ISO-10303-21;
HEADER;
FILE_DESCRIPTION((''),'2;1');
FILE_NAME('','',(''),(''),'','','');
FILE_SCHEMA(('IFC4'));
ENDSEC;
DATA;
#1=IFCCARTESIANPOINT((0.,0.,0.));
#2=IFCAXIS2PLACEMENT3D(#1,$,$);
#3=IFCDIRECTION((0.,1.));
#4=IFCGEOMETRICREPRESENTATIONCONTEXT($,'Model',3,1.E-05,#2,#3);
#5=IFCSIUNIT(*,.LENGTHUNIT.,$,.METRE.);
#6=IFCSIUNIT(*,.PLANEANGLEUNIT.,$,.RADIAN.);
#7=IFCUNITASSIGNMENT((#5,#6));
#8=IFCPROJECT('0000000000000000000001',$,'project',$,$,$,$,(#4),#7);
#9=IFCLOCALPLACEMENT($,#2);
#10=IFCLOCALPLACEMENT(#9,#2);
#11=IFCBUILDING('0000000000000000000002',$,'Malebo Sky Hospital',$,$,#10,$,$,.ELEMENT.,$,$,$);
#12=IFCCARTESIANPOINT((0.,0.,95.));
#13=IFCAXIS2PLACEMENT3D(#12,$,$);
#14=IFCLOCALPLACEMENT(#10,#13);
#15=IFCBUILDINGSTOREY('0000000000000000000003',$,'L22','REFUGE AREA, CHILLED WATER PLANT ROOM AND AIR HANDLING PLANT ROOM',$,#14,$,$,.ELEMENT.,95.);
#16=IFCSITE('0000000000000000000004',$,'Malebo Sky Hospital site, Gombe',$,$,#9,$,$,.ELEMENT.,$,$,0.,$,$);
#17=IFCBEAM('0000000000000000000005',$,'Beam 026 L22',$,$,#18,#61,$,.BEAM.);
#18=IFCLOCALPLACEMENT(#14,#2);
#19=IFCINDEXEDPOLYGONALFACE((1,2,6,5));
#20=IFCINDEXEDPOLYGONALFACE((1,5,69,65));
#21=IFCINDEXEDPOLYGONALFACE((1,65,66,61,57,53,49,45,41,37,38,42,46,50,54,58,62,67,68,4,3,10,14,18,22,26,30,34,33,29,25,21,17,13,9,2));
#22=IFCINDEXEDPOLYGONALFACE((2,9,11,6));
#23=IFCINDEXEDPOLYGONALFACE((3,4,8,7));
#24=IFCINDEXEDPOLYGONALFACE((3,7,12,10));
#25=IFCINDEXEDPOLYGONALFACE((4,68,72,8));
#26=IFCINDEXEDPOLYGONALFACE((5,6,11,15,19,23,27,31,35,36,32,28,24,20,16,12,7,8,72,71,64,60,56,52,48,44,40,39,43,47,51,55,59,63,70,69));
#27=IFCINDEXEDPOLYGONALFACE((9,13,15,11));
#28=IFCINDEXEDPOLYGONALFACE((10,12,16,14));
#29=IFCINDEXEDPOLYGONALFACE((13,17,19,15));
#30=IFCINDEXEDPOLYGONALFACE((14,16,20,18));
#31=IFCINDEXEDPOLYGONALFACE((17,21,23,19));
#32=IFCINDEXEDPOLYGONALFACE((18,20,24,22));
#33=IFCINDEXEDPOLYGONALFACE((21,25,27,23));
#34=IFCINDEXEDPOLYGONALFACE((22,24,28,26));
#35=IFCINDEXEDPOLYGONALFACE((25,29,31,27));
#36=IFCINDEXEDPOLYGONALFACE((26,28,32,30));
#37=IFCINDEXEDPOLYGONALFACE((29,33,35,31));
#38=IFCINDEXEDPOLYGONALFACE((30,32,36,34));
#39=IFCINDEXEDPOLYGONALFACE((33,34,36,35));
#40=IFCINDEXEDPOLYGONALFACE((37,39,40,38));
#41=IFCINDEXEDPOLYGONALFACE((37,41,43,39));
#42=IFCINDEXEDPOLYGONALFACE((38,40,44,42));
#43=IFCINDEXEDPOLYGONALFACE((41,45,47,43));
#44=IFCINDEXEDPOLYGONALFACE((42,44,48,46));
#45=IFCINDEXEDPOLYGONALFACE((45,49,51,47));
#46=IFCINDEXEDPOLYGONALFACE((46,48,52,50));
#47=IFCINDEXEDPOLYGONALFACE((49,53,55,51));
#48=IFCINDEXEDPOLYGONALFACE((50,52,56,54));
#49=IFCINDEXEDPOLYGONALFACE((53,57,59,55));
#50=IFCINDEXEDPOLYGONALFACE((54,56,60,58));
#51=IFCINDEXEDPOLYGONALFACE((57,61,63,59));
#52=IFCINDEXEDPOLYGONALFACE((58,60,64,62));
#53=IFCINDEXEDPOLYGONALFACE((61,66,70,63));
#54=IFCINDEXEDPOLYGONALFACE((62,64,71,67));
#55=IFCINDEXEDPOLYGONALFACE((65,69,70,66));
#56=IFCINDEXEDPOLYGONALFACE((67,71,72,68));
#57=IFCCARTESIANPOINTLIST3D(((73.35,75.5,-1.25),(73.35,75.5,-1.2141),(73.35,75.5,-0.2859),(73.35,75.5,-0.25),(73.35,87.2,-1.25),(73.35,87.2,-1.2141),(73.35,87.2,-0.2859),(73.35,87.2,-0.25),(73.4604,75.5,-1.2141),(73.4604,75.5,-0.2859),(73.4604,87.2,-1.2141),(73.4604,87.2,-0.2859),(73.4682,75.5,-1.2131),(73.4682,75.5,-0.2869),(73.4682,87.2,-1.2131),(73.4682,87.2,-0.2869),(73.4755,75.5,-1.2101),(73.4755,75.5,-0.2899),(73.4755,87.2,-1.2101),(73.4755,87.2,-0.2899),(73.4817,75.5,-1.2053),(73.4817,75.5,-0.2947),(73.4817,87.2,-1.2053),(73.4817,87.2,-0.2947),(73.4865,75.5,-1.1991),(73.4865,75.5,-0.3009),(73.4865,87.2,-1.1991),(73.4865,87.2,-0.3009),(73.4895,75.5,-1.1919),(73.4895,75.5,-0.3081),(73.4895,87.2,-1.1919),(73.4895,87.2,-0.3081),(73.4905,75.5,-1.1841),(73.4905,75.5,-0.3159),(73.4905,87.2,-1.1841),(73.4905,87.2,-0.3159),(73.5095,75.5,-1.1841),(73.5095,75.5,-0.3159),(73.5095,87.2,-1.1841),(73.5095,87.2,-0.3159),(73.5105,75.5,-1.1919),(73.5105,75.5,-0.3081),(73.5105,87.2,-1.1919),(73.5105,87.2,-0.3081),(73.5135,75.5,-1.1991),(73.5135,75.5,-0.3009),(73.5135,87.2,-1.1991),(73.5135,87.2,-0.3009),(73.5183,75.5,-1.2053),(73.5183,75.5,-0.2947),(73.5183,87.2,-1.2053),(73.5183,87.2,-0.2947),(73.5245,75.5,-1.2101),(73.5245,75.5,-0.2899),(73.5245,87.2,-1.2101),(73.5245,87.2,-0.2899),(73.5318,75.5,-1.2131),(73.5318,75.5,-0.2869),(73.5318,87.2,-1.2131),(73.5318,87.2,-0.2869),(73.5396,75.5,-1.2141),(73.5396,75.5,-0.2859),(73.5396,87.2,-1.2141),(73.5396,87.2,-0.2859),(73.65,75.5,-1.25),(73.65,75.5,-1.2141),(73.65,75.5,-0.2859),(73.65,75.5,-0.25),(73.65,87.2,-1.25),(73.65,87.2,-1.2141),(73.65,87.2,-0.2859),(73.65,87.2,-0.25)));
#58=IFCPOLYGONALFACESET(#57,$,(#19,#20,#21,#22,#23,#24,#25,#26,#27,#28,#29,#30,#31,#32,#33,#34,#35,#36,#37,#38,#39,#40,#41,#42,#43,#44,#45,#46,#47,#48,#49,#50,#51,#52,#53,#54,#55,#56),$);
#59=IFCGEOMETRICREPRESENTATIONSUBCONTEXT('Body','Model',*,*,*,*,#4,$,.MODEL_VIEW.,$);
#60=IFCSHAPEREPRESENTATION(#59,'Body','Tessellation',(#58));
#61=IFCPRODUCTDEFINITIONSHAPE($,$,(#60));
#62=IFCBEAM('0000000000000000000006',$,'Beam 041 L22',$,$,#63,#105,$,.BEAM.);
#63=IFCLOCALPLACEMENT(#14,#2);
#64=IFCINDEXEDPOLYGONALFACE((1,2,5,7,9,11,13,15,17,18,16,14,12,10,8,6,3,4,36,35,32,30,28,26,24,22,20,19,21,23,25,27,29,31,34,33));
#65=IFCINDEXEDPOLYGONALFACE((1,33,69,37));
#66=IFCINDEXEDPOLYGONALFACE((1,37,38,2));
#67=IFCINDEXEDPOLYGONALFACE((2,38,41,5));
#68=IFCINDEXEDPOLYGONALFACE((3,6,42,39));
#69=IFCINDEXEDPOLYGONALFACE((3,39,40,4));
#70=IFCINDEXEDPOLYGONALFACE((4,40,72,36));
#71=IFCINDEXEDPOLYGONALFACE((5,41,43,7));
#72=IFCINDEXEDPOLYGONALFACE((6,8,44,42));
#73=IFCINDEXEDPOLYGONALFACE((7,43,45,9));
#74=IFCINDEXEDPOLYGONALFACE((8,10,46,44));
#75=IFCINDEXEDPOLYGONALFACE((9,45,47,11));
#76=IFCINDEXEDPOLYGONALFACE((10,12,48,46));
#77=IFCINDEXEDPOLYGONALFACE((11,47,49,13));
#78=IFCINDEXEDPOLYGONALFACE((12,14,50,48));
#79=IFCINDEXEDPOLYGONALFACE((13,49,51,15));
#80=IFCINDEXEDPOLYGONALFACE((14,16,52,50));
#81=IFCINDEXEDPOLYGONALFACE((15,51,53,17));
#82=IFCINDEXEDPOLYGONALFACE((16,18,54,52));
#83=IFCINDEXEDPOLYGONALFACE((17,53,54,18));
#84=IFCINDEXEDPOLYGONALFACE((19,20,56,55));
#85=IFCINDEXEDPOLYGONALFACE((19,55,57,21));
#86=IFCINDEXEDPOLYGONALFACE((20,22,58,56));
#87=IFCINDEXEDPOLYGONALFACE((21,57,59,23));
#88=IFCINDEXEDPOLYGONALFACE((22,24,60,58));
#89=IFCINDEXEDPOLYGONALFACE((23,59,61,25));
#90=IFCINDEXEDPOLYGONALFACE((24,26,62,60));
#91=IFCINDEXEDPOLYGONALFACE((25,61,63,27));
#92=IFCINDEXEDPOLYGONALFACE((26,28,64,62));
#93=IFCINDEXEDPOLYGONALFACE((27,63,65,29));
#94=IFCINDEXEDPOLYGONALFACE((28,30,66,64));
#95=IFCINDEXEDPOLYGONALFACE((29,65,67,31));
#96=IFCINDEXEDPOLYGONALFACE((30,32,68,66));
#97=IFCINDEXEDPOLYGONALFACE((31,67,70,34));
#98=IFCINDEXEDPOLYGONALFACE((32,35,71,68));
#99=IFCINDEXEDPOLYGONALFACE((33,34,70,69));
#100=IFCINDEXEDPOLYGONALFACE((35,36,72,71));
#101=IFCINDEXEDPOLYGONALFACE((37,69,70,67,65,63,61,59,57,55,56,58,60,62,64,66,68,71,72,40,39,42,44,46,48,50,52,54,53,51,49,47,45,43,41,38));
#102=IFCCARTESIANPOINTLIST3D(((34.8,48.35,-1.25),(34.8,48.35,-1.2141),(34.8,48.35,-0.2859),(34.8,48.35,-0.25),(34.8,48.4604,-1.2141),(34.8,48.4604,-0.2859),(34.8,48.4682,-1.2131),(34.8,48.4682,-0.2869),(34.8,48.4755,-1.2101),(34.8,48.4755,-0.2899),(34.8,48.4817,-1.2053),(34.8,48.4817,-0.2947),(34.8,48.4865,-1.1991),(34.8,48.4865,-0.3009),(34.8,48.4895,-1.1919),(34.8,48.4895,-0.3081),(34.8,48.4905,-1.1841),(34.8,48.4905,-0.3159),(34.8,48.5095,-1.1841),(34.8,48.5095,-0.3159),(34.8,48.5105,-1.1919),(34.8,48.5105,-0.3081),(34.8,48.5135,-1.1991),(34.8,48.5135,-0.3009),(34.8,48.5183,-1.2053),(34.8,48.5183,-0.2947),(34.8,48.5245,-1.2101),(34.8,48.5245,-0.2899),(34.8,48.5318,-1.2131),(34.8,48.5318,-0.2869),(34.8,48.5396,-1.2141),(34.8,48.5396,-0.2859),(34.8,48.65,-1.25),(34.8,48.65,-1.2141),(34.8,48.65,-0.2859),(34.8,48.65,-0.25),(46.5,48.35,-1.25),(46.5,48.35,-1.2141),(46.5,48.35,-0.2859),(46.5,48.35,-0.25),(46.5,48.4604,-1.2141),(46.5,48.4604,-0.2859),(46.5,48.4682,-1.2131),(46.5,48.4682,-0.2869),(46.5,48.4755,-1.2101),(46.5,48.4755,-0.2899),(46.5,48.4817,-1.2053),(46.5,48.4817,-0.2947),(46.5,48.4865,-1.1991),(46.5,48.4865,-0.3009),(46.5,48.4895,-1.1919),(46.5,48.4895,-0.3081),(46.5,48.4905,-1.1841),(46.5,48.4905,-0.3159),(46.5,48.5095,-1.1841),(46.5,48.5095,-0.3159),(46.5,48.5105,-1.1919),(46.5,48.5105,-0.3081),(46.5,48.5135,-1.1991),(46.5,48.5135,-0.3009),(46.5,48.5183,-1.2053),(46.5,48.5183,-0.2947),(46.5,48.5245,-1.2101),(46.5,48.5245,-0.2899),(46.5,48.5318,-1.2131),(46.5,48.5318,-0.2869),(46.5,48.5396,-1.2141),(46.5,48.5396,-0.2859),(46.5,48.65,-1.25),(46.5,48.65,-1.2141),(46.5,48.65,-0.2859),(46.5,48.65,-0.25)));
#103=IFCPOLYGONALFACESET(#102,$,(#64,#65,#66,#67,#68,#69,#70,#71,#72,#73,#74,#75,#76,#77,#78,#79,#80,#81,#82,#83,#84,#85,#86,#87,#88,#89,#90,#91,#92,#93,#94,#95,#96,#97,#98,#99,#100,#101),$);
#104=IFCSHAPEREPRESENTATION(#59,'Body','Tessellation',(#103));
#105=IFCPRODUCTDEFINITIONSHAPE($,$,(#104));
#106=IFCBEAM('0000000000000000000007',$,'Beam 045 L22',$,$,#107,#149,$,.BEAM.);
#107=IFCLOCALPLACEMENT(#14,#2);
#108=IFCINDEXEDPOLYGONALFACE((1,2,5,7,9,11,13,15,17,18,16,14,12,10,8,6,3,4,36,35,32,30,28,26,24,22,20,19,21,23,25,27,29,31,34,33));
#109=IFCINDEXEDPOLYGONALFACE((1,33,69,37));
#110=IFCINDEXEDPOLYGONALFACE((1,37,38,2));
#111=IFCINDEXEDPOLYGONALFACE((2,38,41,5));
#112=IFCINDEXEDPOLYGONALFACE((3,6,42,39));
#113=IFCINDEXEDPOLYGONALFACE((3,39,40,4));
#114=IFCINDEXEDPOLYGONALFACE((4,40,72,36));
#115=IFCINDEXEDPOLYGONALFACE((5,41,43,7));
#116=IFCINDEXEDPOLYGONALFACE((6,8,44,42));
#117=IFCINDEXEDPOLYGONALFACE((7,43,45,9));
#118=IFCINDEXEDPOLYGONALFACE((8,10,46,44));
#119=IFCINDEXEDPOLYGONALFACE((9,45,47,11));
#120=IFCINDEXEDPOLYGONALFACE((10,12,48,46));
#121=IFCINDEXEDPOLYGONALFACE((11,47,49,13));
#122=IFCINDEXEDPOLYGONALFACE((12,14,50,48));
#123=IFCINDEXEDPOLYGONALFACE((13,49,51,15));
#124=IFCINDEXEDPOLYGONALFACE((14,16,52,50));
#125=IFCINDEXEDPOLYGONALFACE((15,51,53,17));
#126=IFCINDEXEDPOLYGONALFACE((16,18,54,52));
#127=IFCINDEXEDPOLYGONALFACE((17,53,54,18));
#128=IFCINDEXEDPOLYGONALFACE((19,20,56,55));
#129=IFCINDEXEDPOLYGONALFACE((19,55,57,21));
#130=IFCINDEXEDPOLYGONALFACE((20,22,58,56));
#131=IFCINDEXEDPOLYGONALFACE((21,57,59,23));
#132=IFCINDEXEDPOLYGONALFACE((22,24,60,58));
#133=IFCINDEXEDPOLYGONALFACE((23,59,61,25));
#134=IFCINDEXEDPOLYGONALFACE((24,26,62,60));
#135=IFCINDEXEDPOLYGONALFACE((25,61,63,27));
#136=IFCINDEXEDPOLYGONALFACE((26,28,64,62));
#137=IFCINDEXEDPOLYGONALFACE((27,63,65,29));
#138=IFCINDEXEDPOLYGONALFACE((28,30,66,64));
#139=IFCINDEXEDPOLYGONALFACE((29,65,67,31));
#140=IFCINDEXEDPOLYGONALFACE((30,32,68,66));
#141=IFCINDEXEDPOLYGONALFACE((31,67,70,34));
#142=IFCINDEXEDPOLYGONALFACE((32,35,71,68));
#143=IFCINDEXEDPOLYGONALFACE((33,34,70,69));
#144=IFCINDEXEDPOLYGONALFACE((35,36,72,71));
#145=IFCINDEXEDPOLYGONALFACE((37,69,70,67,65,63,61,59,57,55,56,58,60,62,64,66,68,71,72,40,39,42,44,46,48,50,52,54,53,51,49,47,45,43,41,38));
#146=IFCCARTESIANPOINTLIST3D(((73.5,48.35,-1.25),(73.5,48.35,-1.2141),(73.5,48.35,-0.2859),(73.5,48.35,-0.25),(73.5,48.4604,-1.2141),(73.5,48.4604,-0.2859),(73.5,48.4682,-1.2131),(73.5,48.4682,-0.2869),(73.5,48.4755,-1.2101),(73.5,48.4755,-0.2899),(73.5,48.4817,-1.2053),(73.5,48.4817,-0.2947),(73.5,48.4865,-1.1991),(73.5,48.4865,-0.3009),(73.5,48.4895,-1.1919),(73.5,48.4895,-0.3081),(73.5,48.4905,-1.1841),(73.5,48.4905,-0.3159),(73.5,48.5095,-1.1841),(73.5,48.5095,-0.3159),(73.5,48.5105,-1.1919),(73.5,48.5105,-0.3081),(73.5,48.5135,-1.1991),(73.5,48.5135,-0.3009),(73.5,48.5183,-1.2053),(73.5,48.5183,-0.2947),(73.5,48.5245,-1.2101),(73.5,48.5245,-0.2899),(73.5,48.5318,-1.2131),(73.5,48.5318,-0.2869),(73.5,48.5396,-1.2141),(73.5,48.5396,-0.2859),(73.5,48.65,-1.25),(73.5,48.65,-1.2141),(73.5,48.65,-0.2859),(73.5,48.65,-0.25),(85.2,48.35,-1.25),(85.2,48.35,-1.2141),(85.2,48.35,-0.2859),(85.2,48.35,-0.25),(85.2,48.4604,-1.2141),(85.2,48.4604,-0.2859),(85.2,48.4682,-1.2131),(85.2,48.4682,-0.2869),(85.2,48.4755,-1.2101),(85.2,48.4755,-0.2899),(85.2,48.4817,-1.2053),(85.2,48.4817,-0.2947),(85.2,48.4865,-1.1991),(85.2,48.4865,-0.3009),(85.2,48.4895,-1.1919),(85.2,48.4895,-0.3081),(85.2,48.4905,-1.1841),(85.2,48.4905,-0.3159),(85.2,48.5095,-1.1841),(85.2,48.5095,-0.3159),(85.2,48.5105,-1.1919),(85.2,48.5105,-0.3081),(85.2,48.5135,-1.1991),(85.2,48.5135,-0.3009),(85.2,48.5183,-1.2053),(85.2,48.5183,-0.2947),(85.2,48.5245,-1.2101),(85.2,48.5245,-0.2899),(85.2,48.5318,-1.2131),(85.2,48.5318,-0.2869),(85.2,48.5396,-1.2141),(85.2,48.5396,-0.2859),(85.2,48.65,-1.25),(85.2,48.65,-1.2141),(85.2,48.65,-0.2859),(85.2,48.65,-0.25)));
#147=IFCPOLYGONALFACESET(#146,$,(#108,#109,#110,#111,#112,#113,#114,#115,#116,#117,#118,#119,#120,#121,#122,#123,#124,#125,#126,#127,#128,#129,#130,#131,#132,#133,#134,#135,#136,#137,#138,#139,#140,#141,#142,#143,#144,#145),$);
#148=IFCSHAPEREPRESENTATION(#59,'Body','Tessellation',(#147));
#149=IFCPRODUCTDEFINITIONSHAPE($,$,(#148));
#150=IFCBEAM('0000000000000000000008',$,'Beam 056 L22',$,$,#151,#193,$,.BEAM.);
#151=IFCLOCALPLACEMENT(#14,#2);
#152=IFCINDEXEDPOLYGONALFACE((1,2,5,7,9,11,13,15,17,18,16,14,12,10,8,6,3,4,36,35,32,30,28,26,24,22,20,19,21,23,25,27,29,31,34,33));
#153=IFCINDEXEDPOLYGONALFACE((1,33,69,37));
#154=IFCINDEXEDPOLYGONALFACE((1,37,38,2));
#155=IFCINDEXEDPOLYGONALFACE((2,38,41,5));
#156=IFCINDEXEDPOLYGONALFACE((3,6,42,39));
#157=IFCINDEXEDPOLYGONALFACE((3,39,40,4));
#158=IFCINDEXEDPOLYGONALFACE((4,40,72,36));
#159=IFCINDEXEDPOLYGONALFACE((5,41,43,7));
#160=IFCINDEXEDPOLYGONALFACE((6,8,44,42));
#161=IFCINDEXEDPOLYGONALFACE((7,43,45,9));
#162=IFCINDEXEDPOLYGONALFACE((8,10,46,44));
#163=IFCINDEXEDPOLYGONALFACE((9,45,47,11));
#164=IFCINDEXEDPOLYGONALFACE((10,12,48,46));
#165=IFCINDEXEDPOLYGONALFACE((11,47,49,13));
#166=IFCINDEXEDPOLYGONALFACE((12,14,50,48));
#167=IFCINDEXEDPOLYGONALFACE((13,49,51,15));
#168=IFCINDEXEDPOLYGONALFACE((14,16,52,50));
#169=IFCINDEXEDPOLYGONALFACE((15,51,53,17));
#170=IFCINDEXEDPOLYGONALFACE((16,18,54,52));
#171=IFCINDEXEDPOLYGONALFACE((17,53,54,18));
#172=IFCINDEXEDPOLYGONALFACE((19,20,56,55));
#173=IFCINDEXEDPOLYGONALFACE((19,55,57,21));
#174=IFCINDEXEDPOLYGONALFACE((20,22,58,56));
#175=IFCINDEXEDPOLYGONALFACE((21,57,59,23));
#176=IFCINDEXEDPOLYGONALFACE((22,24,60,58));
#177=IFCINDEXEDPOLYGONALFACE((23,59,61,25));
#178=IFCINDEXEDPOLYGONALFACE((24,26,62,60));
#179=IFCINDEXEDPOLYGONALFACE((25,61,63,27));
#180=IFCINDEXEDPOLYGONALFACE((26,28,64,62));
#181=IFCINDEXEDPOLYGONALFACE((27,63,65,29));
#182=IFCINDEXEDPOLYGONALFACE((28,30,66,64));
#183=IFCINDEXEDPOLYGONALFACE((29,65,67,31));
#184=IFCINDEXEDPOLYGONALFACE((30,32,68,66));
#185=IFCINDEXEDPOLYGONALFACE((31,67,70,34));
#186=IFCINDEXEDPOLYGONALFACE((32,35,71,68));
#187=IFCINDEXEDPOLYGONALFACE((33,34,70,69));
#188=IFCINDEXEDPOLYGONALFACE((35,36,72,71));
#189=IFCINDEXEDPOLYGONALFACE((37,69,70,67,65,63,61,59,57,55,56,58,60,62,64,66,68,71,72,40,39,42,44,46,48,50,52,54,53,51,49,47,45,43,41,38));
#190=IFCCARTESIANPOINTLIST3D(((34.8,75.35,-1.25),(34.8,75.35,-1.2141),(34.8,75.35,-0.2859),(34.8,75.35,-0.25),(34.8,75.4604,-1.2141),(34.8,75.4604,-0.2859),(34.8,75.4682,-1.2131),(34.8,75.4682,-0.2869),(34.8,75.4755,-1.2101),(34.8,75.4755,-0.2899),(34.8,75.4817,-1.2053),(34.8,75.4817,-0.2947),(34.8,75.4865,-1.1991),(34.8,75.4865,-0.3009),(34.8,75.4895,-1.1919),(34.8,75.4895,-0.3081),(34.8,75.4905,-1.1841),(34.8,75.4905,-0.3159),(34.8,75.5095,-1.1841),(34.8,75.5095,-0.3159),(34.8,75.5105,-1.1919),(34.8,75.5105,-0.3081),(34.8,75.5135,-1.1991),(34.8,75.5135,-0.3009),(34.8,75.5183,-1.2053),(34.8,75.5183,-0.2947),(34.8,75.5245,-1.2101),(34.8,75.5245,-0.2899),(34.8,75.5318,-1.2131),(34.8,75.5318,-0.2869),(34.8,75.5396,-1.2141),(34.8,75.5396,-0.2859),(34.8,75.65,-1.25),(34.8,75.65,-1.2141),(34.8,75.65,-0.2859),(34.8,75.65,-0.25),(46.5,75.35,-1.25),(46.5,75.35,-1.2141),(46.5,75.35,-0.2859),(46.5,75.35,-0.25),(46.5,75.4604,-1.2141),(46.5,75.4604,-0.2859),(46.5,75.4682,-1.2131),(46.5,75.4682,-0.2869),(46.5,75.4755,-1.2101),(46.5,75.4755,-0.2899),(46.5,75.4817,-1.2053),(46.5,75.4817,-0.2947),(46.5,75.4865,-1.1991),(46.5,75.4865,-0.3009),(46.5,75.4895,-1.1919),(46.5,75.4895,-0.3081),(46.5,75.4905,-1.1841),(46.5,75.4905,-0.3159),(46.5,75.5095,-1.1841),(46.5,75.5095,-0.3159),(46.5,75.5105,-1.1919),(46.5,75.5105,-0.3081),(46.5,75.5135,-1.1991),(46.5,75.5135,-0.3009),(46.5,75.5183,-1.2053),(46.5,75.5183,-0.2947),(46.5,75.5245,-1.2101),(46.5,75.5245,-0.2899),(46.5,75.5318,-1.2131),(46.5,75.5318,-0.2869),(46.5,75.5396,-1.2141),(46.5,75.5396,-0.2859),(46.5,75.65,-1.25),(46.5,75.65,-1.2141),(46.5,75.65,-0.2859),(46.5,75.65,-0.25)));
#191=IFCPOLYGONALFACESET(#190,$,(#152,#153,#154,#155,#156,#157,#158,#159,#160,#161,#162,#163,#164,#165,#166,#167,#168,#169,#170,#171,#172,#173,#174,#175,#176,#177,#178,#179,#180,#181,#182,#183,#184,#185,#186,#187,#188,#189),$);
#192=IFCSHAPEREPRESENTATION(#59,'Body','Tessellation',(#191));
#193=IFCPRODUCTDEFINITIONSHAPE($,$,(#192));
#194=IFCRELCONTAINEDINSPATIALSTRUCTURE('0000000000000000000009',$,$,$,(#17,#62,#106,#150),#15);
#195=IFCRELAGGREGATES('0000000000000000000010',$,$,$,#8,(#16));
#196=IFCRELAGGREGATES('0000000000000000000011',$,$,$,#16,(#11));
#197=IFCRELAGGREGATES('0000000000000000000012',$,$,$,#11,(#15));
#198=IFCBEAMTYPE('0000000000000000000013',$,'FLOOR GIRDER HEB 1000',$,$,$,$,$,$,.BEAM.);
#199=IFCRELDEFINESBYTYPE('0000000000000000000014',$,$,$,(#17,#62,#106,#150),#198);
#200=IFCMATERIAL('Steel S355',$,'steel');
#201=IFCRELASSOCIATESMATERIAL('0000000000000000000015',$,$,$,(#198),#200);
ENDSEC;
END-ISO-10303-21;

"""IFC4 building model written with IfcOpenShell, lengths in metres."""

from ifc_helpers import new_model, si_unit, direction, frame, origin, origin_2d, place, context, subcontext, project, spatial, i_section, extrude, material, material_profile, profile_set, type_object, element, save


model = new_model("IFC4")

# Units and contexts
model_context = context("Model", 3, precision=1e-05, world=origin(), true_north=direction((0.0, 1.0)))
body_context = subcontext(model_context, "Body", "Model", "MODEL_VIEW")
ifc_project = project(units=[si_unit("LENGTHUNIT", "METRE"), si_unit("PLANEANGLEUNIT", "RADIAN")], contexts=[model_context])

# Site, building, storey
site_placement = place(None, origin())
site = spatial("IfcSite", under=ifc_project, at=site_placement, Name="Malebo Sky Hospital site, Gombe", CompositionType="ELEMENT", RefElevation=0.0)
building_placement = place(site_placement, origin())
building = spatial("IfcBuilding", under=site, at=building_placement, Name="Malebo Sky Hospital", CompositionType="ELEMENT")
storey_placement = place(building_placement, frame((0.0, 0.0, 95.0)))
storey = spatial("IfcBuildingStorey", under=building, at=storey_placement, Name="L22", Description="REFUGE AREA, CHILLED WATER PLANT ROOM AND AIR HANDLING PLANT ROOM", CompositionType="ELEMENT", Elevation=95.0)

# Beams
ifc_material_1 = material(Name="Steel S355", Category="steel")
ifc_material_profile_1 = material_profile(ifc_material_1, i_section(OverallWidth=0.3, OverallDepth=1.0, WebThickness=0.019, FlangeThickness=0.0359, FilletRadius=0.03, at=origin_2d()), Name="HEB 1000")
ifc_profile_set_1 = profile_set([ifc_material_profile_1], Name="Steel S355")
beam_type_1 = type_object("IfcBeamType", Name="FLOOR GIRDER HEB 1000", PredefinedType="BEAM", material=ifc_profile_set_1)
for number, where, z_axis, x_axis, name in (
    (1, (73.5, 75.5, -0.75), (0.0, 1.0, 0.0), (-1.0, 0.0, 0.0), "Beam 026 L22"),
    (2, (34.8, 48.5, -0.75), (1.0, 0.0, 0.0), (0.0, 1.0, 0.0), "Beam 041 L22"),
    (3, (73.5, 48.5, -0.75), (1.0, 0.0, 0.0), (0.0, 1.0, 0.0), "Beam 045 L22"),
    (4, (34.8, 75.5, -0.75), (1.0, 0.0, 0.0), (0.0, 1.0, 0.0), "Beam 056 L22"),
):
    element("IfcBeam", number, at=place(storey_placement, frame(where, z_axis=z_axis, x_axis=x_axis)), inside=storey, type_object=beam_type_1, Name=name, PredefinedType="BEAM", context=body_context, shape_type="SweptSolid", body=[
        extrude(i_section(OverallWidth=0.3, OverallDepth=1.0, WebThickness=0.019, FlangeThickness=0.0359, FilletRadius=0.03, at=origin_2d()), origin(), (0.0, 0.0, 1.0), 11.7),
    ])

save(model, "model.ifc")
